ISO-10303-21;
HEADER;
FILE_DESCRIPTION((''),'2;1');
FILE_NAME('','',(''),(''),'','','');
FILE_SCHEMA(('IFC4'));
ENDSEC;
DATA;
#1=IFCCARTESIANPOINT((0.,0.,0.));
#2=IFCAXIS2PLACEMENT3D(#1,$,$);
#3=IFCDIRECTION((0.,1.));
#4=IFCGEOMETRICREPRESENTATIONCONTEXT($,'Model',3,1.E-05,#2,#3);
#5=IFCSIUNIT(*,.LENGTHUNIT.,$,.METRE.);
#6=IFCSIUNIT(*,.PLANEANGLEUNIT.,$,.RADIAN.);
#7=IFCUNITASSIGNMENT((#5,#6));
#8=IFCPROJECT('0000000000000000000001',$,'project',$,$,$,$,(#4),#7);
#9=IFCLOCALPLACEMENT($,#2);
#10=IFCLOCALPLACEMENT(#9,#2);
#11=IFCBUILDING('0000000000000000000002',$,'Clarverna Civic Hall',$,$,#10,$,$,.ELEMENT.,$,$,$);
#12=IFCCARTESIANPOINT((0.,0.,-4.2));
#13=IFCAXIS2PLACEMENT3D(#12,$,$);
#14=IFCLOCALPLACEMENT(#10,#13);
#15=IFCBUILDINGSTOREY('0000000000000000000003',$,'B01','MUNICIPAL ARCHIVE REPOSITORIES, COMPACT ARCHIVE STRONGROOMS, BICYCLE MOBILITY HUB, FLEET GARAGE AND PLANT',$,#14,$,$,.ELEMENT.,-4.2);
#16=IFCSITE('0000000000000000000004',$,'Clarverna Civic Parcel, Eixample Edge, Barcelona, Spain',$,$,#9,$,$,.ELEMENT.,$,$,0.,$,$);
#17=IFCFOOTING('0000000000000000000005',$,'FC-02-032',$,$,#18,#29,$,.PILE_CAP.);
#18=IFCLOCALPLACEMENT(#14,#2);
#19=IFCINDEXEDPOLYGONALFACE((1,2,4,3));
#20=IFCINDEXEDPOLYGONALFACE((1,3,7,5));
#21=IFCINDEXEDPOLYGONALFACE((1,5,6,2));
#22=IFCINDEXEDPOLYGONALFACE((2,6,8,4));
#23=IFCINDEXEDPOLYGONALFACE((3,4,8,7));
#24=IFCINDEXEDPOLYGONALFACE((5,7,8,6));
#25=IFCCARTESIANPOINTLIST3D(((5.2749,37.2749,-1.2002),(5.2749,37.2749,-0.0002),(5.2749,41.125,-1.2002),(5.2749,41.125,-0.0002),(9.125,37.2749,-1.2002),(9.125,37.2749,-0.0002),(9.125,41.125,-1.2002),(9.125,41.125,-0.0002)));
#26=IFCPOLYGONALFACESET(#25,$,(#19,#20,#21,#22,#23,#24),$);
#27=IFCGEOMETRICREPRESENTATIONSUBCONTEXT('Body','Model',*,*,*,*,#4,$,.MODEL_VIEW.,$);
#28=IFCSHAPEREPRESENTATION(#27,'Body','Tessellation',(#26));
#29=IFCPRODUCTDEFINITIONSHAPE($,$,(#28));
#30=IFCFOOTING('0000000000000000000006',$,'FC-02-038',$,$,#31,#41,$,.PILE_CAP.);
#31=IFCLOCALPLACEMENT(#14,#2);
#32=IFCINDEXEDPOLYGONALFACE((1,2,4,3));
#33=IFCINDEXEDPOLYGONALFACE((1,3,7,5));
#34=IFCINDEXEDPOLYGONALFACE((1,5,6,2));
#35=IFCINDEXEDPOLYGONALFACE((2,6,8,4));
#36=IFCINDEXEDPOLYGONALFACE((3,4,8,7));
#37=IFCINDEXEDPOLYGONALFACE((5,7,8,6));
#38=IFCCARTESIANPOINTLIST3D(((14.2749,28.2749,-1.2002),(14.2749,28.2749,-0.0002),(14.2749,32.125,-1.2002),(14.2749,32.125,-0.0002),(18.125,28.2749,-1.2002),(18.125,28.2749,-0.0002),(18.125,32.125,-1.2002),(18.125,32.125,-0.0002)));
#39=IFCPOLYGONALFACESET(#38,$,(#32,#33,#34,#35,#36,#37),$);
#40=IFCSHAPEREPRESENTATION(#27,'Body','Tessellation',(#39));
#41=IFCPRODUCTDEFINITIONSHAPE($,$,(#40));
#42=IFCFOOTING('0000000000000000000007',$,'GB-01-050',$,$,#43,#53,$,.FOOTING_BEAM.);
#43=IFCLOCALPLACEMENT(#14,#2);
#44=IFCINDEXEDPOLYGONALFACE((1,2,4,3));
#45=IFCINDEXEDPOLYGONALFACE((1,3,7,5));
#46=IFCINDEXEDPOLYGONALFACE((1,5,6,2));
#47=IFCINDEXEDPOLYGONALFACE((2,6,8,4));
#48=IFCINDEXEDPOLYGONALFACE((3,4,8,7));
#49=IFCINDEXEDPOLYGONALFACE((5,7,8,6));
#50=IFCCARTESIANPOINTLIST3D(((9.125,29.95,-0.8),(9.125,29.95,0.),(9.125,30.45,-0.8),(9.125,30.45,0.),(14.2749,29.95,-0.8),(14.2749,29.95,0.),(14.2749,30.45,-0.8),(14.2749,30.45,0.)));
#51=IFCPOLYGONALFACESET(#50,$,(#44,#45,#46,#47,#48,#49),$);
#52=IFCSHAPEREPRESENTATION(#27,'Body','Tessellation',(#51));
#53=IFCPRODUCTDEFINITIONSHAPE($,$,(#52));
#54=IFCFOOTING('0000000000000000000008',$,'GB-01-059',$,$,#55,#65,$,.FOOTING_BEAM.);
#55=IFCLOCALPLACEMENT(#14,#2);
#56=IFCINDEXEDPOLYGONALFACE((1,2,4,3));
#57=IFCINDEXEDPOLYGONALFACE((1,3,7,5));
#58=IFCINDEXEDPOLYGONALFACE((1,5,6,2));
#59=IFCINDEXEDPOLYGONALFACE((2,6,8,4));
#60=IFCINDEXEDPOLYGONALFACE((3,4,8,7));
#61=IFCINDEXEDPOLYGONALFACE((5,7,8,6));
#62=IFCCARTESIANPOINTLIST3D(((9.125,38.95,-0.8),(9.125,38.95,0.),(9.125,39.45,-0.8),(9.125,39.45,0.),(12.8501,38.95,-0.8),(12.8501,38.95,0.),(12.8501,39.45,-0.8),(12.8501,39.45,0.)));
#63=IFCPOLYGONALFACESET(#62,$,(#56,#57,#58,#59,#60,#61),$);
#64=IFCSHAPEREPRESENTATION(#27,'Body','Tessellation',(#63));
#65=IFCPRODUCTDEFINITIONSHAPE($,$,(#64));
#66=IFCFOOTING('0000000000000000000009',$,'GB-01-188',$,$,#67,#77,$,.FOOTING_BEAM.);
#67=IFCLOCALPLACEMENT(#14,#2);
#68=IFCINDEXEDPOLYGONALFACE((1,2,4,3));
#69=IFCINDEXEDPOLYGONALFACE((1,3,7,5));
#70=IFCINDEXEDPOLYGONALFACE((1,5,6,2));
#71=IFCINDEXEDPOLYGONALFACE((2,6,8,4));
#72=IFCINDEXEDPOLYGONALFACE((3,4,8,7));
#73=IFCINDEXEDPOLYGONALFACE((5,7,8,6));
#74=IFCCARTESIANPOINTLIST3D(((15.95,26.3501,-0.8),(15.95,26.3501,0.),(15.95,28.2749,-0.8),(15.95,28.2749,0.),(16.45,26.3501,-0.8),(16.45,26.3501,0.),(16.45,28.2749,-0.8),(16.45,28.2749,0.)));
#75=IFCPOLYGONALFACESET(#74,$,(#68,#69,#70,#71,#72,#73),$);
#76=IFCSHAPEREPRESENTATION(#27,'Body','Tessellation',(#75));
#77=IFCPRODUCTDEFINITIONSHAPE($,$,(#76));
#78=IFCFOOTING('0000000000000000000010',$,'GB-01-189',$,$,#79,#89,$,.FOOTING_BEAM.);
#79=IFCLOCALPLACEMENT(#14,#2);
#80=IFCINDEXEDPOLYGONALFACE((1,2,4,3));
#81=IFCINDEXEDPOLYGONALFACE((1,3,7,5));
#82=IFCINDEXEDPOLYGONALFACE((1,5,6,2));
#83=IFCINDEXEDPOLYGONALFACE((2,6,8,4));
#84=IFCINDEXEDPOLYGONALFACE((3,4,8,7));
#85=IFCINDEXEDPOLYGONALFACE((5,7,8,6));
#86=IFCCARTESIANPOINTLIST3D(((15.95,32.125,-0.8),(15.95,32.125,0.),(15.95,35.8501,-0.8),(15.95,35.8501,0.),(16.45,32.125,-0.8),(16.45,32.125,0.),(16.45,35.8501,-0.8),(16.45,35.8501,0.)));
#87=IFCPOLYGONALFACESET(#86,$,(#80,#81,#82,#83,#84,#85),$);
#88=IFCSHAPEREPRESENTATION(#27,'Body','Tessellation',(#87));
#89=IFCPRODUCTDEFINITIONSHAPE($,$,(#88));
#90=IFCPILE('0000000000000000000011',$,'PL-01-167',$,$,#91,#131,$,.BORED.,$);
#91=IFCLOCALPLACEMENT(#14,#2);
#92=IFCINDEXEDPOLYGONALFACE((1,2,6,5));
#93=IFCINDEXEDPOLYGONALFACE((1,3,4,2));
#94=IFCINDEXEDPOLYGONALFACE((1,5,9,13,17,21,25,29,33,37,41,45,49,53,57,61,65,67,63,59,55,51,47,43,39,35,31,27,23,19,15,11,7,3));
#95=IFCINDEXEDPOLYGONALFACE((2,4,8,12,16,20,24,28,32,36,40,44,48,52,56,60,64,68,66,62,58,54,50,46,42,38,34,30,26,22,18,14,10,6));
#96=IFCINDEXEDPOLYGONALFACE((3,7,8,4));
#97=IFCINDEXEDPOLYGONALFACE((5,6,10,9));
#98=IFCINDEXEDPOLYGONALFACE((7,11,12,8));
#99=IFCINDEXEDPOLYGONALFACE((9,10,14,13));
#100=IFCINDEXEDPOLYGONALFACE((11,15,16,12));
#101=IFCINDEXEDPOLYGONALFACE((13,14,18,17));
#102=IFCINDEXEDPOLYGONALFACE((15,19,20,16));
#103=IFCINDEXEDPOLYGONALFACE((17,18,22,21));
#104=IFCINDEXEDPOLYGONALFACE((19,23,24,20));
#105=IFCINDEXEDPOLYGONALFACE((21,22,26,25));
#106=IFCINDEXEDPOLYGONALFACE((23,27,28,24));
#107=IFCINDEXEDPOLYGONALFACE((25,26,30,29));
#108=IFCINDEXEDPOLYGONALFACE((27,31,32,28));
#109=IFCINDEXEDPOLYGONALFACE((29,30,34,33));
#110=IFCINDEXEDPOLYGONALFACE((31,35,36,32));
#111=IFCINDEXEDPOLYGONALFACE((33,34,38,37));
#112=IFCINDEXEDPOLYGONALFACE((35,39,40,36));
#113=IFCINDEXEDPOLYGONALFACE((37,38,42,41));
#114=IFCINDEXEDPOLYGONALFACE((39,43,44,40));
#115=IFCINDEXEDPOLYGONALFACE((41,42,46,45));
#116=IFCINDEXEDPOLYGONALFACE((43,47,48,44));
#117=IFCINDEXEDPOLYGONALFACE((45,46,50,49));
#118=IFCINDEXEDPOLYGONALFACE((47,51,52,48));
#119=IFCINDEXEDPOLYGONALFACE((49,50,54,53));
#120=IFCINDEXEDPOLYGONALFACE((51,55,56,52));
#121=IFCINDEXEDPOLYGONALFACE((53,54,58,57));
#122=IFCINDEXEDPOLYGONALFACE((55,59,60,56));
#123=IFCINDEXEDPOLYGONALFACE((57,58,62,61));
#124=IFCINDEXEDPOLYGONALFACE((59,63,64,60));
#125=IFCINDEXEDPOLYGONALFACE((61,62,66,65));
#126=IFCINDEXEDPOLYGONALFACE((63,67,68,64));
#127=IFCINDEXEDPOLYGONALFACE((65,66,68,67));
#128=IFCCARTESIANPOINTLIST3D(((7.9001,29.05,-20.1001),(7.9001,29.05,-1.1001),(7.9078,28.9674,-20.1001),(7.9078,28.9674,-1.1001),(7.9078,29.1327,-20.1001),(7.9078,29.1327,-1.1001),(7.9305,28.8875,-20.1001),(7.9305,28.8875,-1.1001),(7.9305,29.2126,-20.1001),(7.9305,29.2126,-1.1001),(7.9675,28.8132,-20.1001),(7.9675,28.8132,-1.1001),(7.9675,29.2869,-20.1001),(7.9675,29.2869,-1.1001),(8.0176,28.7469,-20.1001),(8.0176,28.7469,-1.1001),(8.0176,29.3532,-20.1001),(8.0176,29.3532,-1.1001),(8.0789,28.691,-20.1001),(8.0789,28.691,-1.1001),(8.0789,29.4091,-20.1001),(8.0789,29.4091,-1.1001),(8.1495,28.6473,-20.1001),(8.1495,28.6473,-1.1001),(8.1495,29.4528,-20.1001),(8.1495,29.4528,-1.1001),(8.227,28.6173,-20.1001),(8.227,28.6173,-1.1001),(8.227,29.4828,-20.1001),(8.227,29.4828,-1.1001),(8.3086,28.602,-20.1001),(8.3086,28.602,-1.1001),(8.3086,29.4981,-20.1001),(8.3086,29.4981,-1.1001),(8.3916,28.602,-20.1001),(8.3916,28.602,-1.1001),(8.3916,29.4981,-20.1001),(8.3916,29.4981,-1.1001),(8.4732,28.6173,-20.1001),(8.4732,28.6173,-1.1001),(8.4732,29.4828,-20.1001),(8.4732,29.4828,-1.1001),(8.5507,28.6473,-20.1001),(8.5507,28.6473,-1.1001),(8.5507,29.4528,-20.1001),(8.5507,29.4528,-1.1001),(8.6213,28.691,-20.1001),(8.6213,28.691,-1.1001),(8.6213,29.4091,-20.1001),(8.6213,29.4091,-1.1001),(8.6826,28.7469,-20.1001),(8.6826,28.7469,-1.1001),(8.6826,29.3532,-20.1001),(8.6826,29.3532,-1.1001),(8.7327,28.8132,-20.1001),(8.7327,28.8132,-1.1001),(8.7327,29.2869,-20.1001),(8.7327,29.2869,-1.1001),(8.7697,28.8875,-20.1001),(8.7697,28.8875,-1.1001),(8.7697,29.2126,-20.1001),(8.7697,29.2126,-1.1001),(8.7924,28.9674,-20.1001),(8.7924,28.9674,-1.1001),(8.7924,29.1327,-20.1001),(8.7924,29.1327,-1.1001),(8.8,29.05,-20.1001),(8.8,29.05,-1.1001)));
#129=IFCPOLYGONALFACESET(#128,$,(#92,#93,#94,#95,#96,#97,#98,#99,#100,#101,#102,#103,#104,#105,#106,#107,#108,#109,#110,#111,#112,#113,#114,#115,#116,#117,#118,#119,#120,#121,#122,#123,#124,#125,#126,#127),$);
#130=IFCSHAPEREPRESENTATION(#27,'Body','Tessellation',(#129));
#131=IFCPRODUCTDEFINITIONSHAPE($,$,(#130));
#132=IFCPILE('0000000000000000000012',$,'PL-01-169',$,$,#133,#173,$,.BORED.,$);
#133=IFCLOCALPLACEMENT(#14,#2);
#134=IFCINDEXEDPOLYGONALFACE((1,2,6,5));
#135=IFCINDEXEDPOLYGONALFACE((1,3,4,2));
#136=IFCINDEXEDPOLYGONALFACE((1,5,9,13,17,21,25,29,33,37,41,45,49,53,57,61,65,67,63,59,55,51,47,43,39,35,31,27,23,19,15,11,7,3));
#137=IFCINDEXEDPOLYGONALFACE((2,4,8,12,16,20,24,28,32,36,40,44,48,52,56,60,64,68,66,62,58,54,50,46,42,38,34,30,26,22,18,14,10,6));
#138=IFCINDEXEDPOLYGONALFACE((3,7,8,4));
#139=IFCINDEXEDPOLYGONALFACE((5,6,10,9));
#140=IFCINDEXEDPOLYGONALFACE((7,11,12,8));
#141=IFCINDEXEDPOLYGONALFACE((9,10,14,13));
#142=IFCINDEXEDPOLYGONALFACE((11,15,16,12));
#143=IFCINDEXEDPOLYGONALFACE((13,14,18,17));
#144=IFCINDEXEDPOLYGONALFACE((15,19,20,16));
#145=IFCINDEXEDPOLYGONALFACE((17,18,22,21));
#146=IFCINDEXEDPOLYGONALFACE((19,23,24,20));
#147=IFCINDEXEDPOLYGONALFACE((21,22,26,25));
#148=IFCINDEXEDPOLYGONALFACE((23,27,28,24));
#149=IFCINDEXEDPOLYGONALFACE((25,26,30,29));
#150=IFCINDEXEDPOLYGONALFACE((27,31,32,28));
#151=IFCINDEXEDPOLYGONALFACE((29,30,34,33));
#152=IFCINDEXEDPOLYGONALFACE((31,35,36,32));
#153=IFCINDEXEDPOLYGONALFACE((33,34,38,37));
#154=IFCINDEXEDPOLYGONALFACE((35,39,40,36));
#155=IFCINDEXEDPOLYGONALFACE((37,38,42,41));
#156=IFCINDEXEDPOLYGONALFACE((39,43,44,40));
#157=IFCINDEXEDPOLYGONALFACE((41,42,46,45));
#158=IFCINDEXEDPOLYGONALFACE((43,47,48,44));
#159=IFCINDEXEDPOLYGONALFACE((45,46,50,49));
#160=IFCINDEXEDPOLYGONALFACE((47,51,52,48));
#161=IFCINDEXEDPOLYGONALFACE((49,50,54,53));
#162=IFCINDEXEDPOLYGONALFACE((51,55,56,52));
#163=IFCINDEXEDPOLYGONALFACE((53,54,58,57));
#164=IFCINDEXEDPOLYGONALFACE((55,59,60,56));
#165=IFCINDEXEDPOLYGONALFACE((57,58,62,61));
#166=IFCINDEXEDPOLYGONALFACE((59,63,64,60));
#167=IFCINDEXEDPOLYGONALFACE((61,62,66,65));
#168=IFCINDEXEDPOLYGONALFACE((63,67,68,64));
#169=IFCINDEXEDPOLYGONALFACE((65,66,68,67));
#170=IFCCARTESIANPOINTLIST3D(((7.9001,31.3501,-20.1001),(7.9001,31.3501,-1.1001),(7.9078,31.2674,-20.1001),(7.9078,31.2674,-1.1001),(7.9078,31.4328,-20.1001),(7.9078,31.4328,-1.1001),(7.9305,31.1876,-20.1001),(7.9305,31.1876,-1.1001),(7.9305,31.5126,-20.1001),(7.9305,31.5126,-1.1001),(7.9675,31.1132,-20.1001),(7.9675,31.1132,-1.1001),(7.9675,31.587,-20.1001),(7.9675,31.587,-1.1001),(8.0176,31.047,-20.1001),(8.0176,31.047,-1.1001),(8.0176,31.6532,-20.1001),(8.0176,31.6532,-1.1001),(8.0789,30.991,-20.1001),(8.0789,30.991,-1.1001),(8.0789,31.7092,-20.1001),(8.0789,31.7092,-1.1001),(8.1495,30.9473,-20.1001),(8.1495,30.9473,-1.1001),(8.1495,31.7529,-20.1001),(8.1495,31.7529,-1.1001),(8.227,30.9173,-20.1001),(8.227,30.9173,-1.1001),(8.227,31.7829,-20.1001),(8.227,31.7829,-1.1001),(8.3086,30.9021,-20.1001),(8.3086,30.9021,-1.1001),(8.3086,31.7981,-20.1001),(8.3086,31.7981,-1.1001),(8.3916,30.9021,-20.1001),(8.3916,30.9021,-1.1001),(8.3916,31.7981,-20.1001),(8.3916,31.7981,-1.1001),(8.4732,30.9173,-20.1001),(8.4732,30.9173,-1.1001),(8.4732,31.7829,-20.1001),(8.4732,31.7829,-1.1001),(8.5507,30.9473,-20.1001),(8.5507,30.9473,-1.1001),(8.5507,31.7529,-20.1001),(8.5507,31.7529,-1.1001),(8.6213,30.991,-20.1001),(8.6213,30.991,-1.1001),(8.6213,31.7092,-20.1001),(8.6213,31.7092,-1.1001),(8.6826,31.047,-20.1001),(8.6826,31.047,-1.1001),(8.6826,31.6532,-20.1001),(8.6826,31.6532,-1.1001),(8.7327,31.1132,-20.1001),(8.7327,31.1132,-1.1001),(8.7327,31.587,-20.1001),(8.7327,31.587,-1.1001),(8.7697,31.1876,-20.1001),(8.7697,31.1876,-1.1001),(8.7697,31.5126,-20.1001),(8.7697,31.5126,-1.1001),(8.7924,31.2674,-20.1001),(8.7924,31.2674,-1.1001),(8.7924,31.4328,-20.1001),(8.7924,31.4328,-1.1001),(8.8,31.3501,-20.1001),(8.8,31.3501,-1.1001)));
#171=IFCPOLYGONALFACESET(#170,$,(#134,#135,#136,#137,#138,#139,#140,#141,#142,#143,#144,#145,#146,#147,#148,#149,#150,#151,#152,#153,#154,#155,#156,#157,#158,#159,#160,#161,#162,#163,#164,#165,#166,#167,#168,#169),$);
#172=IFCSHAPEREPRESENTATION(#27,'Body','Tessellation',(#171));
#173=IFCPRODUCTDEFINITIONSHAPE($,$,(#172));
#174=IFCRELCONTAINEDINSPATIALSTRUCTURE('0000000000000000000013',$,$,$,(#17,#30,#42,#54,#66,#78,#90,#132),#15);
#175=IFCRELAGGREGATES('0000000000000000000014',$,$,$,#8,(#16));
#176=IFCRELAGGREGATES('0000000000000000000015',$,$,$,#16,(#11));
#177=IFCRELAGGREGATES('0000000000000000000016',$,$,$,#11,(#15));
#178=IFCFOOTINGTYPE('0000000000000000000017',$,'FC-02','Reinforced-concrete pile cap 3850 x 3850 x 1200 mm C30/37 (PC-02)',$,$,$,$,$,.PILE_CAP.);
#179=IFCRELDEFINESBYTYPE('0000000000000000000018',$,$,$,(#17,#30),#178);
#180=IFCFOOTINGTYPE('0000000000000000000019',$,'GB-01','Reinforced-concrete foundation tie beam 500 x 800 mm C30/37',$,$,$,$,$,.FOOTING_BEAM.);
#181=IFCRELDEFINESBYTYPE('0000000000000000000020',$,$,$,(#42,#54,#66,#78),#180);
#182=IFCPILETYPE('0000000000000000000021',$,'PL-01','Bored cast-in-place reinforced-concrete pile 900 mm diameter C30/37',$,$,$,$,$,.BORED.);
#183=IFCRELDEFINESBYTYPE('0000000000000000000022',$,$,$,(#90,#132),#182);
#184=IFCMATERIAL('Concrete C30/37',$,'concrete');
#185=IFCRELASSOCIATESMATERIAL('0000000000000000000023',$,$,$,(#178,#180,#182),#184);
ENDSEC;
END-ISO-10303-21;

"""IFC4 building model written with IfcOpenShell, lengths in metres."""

from ifc_helpers import new_model, si_unit, direction, frame, frame_2d, origin, origin_2d, place, context, subcontext, project, spatial, rectangle, circle, extrude, material, material_profile, profile_set, type_object, element, save


model = new_model("IFC4")

# Units and contexts
model_context = context("Model", 3, precision=1e-05, world=origin(), true_north=direction((0.0, 1.0)))
body_context = subcontext(model_context, "Body", "Model", "MODEL_VIEW")
ifc_project = project(units=[si_unit("LENGTHUNIT", "METRE"), si_unit("PLANEANGLEUNIT", "RADIAN")], contexts=[model_context])

# Site, building, storey
site_placement = place(None, origin())
site = spatial("IfcSite", under=ifc_project, at=site_placement, Name="Clarverna Civic Parcel, Eixample Edge, Barcelona, Spain", CompositionType="ELEMENT", RefElevation=0.0)
building_placement = place(site_placement, origin())
building = spatial("IfcBuilding", under=site, at=building_placement, Name="Clarverna Civic Hall", CompositionType="ELEMENT")
storey_placement = place(building_placement, frame((0.0, 0.0, -4.2)))
storey = spatial("IfcBuildingStorey", under=building, at=storey_placement, Name="B01", Description="MUNICIPAL ARCHIVE REPOSITORIES, COMPACT ARCHIVE STRONGROOMS, BICYCLE MOBILITY HUB, FLEET GARAGE AND PLANT", CompositionType="ELEMENT", Elevation=-4.2)

# Footings
ifc_material_1 = material(Name="Concrete C30/37", Category="concrete")
footing_type_1 = type_object("IfcFootingType", Name="FC-02", Description="Reinforced-concrete pile cap 3850 x 3850 x 1200 mm C30/37 (PC-02)", PredefinedType="PILE_CAP", material=ifc_material_1)
for number, where, z_axis, x_axis, name in (
    (1, (7.2, 39.2, -1.2002), (0.0, 0.0, 1.0), (1.0, 0.0, 0.0), "FC-02-032"),
    (2, (16.2, 30.2, -1.2002), (0.0, 0.0, 1.0), (1.0, 0.0, 0.0), "FC-02-038"),
):
    element("IfcFooting", number, at=place(storey_placement, frame(where, z_axis=z_axis, x_axis=x_axis)), inside=storey, type_object=footing_type_1, Name=name, PredefinedType="PILE_CAP", context=body_context, shape_type="SweptSolid", body=[
        extrude(rectangle(XDim=3.8501, YDim=3.8501, at=origin_2d()), origin(), (0.0, 0.0, 1.0), 1.2),
    ])
footing_type_2 = type_object("IfcFootingType", Name="GB-01", Description="Reinforced-concrete foundation tie beam 500 x 800 mm C30/37", PredefinedType="FOOTING_BEAM", material=ifc_material_1)
footing_1_placement = place(storey_placement, frame((9.125, 30.2, -0.8), z_axis=(0.0, 0.0, 1.0), x_axis=(1.0, 0.0, 0.0)))
element("IfcFooting", 3, at=footing_1_placement, inside=storey, type_object=footing_type_2, Name="GB-01-050", PredefinedType="FOOTING_BEAM", context=body_context, shape_type="SweptSolid", body=[
    extrude(rectangle(XDim=5.1499, YDim=0.5, at=frame_2d((2.575, 0.0))), origin(), (0.0, 0.0, 1.0), 0.8),
])
footing_2_placement = place(storey_placement, frame((9.125, 39.2, -0.8), z_axis=(0.0, 0.0, 1.0), x_axis=(1.0, 0.0, 0.0)))
element("IfcFooting", 4, at=footing_2_placement, inside=storey, type_object=footing_type_2, Name="GB-01-059", PredefinedType="FOOTING_BEAM", context=body_context, shape_type="SweptSolid", body=[
    extrude(rectangle(XDim=3.7251, YDim=0.5, at=frame_2d((1.8625, 0.0))), origin(), (0.0, 0.0, 1.0), 0.8),
])
footing_3_placement = place(storey_placement, frame((16.2, 26.3501, -0.8), z_axis=(0.0, 0.0, 1.0), x_axis=(0.0, 1.0, 0.0)))
element("IfcFooting", 5, at=footing_3_placement, inside=storey, type_object=footing_type_2, Name="GB-01-188", PredefinedType="FOOTING_BEAM", context=body_context, shape_type="SweptSolid", body=[
    extrude(rectangle(XDim=1.9248, YDim=0.5, at=frame_2d((0.9624, 0.0))), origin(), (0.0, 0.0, 1.0), 0.8),
])
footing_4_placement = place(storey_placement, frame((16.2, 32.125, -0.8), z_axis=(0.0, 0.0, 1.0), x_axis=(0.0, 1.0, 0.0)))
element("IfcFooting", 6, at=footing_4_placement, inside=storey, type_object=footing_type_2, Name="GB-01-189", PredefinedType="FOOTING_BEAM", context=body_context, shape_type="SweptSolid", body=[
    extrude(rectangle(XDim=3.7251, YDim=0.5, at=frame_2d((1.8625, 0.0))), origin(), (0.0, 0.0, 1.0), 0.8),
])

# Piles
ifc_material_profile_1 = material_profile(ifc_material_1, circle(Radius=0.45, at=origin_2d()), Name="BORED PILE D900")
ifc_profile_set_1 = profile_set([ifc_material_profile_1], Name="Concrete C30/37")
pile_type_1 = type_object("IfcPileType", Name="PL-01", Description="Bored cast-in-place reinforced-concrete pile 900 mm diameter C30/37", PredefinedType="BORED", material=ifc_profile_set_1)
for number, where, z_axis, x_axis, name in (
    (7, (8.3501, 29.05, -1.1001), (0.0, 0.0, -1.0), (1.0, 0.0, 0.0), "PL-01-167"),
    (8, (8.3501, 31.3501, -1.1001), (0.0, 0.0, -1.0), (1.0, 0.0, 0.0), "PL-01-169"),
):
    element("IfcPile", number, at=place(storey_placement, frame(where, z_axis=z_axis, x_axis=x_axis)), inside=storey, type_object=pile_type_1, Name=name, PredefinedType="BORED", context=body_context, shape_type="SweptSolid", body=[
        extrude(circle(Radius=0.45, at=origin_2d()), origin(), (0.0, 0.0, 1.0), 19.0),
    ])

save(model, "model.ifc")
